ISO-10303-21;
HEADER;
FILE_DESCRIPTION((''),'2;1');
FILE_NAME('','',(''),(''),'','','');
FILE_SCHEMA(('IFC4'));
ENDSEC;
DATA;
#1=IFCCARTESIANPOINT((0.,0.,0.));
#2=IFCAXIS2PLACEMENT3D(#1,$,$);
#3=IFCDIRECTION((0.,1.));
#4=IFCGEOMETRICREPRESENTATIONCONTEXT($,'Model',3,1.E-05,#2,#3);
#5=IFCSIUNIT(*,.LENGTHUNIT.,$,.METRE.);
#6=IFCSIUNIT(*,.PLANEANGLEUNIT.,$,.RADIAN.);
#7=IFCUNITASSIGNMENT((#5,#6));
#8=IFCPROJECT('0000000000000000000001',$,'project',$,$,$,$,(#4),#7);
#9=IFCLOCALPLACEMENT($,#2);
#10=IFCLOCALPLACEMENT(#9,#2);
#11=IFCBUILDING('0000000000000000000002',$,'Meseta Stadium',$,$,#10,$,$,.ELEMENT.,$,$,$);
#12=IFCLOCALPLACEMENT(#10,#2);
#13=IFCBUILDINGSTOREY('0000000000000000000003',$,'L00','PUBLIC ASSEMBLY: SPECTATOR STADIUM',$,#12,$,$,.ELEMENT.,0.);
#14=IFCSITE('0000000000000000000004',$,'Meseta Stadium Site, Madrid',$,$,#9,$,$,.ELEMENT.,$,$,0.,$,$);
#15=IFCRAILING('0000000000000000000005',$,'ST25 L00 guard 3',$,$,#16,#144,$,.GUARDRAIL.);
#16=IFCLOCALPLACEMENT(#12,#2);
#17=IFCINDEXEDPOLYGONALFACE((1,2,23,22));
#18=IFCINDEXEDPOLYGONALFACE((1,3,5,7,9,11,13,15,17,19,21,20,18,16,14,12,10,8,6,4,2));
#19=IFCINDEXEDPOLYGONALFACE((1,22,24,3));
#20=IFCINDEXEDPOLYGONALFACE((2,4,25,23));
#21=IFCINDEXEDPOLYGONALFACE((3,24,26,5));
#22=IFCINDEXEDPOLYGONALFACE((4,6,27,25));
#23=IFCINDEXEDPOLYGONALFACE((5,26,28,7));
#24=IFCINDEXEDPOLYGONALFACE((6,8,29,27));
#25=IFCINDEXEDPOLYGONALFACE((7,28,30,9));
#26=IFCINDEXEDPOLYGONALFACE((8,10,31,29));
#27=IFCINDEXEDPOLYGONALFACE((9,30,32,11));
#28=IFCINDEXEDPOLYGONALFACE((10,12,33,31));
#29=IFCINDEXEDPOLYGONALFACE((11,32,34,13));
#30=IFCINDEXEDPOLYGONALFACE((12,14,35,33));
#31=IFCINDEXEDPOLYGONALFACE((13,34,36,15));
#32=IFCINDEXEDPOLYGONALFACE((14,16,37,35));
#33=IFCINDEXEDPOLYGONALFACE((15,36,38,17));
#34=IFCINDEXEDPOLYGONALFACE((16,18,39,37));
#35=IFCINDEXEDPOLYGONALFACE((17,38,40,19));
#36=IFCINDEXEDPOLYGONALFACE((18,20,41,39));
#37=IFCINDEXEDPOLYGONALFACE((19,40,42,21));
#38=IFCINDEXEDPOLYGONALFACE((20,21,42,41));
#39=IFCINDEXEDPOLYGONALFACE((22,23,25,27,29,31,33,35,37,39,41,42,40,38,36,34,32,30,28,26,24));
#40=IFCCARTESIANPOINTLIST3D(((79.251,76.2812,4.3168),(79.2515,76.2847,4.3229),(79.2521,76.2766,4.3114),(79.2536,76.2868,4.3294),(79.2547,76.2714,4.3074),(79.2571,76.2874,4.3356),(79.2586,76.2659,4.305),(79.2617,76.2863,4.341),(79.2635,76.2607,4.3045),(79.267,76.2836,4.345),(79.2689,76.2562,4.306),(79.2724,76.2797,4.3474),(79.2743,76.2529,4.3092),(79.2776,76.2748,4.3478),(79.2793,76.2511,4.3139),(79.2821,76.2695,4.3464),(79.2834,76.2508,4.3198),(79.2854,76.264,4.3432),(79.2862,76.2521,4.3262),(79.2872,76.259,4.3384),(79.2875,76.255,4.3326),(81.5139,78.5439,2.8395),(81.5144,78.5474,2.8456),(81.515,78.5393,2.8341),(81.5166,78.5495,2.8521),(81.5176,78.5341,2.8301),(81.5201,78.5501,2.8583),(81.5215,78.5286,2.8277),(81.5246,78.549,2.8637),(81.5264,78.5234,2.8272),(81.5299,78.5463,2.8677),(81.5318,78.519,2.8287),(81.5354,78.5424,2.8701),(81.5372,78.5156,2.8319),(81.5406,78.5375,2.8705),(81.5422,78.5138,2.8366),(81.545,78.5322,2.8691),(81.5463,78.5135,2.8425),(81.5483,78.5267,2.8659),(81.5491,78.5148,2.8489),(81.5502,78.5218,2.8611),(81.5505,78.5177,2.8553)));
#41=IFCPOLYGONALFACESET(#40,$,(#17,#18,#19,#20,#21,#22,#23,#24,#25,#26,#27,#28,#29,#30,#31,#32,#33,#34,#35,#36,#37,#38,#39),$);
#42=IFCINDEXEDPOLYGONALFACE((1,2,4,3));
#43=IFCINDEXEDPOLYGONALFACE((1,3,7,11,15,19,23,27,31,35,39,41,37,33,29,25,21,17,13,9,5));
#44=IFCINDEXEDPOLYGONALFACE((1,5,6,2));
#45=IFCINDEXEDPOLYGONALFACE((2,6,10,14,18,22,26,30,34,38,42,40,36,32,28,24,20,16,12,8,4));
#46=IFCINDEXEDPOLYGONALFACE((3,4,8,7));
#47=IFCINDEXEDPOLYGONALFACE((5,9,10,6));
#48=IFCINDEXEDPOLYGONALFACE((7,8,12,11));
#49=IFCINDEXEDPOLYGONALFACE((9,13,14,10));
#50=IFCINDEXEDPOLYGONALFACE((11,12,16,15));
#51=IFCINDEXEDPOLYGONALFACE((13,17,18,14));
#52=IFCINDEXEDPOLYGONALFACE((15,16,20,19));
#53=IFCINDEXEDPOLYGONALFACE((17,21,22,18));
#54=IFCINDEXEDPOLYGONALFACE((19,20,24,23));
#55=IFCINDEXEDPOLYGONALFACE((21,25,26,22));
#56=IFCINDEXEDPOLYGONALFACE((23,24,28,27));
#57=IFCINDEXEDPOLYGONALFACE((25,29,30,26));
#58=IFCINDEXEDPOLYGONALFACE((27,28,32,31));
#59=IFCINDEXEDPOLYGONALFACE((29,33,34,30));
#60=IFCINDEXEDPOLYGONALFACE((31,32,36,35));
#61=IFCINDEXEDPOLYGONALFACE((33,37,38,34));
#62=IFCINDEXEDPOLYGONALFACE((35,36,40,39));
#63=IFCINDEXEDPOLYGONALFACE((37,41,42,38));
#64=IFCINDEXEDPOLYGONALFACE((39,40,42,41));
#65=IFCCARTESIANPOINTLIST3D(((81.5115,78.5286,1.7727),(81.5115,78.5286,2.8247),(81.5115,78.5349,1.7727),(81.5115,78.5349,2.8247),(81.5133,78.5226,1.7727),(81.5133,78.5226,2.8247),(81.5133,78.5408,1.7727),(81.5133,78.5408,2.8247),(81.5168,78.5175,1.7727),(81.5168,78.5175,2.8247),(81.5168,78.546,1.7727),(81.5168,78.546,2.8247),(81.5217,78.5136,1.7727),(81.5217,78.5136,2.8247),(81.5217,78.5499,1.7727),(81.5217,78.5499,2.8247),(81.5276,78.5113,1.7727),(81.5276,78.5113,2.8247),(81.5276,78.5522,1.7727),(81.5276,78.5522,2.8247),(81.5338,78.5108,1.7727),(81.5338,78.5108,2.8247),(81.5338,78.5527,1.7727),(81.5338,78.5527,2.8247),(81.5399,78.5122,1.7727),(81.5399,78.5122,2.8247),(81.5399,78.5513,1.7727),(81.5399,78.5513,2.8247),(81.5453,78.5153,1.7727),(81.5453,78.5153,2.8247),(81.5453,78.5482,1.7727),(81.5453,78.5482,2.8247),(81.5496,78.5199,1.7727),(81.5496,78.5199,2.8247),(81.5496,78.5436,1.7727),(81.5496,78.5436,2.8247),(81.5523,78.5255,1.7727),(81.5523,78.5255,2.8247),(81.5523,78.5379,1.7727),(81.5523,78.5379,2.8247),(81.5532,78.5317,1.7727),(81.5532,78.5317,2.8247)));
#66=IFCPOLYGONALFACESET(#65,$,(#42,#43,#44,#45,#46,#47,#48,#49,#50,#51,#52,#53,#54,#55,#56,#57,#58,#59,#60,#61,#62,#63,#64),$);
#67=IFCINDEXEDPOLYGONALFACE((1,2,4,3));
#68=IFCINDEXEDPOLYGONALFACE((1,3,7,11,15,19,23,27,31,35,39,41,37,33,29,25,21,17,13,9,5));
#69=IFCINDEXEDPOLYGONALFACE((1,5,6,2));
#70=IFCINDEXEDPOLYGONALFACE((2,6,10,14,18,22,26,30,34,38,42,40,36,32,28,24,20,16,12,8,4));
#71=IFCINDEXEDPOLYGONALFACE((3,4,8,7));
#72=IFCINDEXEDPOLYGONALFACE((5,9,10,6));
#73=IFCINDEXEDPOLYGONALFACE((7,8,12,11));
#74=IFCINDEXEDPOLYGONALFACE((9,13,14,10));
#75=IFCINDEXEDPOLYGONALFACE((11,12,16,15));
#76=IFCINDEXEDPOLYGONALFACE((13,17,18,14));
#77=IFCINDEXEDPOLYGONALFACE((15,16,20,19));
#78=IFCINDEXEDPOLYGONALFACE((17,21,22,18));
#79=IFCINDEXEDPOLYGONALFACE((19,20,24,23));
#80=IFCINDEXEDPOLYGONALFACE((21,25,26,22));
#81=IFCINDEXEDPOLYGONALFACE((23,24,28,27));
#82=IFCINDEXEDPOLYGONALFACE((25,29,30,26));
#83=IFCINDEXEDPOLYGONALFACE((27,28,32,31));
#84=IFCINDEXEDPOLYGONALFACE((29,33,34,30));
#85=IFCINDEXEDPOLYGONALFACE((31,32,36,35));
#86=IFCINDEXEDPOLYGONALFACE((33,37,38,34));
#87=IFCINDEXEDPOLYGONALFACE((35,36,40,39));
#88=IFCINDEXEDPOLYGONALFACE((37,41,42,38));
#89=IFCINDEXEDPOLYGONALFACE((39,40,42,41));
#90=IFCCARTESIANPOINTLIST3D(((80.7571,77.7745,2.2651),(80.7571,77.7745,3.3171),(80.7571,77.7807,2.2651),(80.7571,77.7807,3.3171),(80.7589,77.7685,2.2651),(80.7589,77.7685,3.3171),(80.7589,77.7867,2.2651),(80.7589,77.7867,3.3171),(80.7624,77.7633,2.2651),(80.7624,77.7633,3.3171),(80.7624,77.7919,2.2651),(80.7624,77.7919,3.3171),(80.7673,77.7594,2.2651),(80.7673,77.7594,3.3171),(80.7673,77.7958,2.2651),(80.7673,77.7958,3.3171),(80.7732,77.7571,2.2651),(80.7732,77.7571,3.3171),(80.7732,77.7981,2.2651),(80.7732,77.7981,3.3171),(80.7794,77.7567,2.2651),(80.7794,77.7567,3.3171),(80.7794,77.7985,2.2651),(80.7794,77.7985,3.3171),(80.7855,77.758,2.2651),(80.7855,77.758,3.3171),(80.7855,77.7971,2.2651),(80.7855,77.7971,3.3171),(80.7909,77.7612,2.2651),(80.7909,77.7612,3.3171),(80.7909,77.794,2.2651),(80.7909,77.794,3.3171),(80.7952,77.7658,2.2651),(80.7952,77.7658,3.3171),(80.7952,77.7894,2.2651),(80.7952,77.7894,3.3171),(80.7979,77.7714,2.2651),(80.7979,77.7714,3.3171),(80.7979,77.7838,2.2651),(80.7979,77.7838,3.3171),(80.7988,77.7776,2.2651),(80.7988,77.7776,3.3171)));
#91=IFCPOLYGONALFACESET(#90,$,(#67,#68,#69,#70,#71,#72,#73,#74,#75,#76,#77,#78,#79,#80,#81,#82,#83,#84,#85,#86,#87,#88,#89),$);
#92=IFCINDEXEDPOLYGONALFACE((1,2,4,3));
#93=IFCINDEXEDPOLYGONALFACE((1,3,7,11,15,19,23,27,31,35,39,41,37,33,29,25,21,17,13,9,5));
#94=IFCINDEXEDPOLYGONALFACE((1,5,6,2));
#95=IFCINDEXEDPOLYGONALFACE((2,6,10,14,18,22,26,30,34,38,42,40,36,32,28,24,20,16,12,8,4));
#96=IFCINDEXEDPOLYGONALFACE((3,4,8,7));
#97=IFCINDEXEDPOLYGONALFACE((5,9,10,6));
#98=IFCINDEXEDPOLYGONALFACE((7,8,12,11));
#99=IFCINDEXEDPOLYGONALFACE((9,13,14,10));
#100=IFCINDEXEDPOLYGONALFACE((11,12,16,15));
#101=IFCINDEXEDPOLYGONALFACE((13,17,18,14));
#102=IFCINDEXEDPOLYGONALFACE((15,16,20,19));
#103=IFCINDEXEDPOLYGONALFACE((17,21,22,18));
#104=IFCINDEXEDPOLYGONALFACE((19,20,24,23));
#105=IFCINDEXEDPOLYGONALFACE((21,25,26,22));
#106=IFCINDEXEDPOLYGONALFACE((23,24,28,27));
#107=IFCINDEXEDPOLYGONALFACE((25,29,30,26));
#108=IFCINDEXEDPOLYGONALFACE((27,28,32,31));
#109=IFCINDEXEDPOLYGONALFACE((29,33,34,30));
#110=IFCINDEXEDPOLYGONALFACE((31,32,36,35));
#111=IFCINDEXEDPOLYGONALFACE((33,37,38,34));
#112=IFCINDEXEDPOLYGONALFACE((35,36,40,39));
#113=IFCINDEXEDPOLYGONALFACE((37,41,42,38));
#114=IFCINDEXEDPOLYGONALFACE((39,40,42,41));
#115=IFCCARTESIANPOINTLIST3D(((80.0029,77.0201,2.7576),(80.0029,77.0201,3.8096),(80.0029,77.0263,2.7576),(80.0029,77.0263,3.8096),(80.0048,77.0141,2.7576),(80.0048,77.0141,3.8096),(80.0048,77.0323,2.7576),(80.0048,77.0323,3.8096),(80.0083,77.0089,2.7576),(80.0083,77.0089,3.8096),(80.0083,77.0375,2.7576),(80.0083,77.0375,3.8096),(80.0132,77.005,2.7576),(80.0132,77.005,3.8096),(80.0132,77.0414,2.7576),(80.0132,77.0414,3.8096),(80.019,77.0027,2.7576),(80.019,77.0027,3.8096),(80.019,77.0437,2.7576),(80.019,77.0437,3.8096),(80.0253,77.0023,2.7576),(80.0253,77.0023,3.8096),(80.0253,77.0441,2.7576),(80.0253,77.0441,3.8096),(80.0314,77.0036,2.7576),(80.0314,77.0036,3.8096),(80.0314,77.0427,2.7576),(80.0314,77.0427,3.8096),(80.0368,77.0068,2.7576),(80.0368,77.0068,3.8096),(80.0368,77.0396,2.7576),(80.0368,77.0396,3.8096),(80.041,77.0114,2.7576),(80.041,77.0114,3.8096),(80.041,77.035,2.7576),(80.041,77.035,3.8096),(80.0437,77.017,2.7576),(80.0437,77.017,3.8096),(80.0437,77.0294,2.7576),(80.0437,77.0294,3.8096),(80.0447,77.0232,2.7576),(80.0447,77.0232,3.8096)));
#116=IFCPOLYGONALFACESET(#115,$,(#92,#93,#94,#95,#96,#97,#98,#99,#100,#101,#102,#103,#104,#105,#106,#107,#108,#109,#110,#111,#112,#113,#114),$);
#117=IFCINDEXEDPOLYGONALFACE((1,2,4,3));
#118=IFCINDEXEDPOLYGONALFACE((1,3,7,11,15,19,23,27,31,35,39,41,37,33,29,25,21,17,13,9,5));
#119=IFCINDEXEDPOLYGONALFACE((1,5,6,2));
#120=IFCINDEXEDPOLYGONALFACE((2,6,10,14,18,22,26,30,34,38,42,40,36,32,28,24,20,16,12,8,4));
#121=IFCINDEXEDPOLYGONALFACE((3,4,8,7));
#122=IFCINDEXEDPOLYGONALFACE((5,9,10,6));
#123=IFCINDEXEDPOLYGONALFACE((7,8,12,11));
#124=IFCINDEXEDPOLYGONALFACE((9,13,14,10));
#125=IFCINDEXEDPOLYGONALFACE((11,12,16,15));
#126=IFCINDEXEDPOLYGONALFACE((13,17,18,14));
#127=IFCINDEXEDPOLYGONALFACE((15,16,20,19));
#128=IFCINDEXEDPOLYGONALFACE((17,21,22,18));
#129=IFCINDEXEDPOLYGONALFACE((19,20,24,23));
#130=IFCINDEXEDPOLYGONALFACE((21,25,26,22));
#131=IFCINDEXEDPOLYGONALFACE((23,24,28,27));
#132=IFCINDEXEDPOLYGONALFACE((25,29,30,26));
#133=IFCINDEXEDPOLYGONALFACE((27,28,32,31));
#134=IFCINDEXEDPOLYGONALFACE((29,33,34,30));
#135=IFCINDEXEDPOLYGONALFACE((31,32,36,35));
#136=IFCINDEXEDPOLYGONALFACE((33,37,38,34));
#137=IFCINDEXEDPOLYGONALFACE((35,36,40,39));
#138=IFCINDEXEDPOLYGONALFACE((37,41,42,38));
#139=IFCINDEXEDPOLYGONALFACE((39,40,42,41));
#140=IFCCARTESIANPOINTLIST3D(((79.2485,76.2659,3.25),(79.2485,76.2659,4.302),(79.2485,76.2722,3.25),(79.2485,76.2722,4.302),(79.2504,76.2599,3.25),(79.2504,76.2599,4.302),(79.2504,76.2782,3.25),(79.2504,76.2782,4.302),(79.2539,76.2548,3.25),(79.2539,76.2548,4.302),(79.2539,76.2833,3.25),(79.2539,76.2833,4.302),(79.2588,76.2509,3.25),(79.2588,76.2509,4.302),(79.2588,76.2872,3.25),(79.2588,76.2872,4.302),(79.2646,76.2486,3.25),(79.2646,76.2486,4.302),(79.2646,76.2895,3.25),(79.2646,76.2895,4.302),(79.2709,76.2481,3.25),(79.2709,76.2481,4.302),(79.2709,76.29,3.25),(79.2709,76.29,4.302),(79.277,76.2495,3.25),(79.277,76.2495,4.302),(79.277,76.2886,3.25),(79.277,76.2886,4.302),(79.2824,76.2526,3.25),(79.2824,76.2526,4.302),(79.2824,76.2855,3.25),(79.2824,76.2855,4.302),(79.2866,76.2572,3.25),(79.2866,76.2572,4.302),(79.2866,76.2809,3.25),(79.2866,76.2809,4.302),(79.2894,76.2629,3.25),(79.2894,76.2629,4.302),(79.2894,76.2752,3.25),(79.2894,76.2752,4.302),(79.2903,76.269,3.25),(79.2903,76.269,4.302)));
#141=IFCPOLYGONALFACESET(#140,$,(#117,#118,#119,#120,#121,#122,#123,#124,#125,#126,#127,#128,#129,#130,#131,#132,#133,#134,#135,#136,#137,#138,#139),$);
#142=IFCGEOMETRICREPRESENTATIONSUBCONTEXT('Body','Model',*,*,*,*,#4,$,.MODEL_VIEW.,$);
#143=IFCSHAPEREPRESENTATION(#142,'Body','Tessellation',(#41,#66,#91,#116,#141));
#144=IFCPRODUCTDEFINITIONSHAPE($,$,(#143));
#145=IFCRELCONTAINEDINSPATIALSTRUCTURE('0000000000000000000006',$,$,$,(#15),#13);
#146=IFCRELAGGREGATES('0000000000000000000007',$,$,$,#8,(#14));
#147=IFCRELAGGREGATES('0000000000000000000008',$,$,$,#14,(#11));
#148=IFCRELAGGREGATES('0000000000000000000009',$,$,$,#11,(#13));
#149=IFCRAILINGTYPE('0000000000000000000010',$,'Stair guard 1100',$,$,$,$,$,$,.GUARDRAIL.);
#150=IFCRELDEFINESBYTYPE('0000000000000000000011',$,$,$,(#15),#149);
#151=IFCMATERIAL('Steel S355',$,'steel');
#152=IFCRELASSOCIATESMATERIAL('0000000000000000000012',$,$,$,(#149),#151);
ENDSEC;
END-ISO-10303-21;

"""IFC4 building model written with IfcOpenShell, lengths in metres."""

from ifc_helpers import new_model, si_unit, direction, frame, origin, origin_2d, place, context, subcontext, project, spatial, circle, extrude, material, type_object, element, save


model = new_model("IFC4")

# Units and contexts
model_context = context("Model", 3, precision=1e-05, world=origin(), true_north=direction((0.0, 1.0)))
body_context = subcontext(model_context, "Body", "Model", "MODEL_VIEW")
ifc_project = project(units=[si_unit("LENGTHUNIT", "METRE"), si_unit("PLANEANGLEUNIT", "RADIAN")], contexts=[model_context])

# Site, building, storey
site_placement = place(None, origin())
site = spatial("IfcSite", under=ifc_project, at=site_placement, Name="Meseta Stadium Site, Madrid", CompositionType="ELEMENT", RefElevation=0.0)
building_placement = place(site_placement, origin())
building = spatial("IfcBuilding", under=site, at=building_placement, Name="Meseta Stadium", CompositionType="ELEMENT")
storey_placement = place(building_placement, origin())
storey = spatial("IfcBuildingStorey", under=building, at=storey_placement, Name="L00", Description="PUBLIC ASSEMBLY: SPECTATOR STADIUM", CompositionType="ELEMENT", Elevation=0.0)

# Railing
ifc_material_1 = material(Name="Steel S355", Category="steel")
railing_type = type_object("IfcRailingType", Name="Stair guard 1100", PredefinedType="GUARDRAIL", material=ifc_material_1)
for number, where, name in (
    (1, (81.5322, 78.5317, 1.7727), "ST25 L00 guard 3"),
):
    element("IfcRailing", number, at=place(storey_placement, frame(where)), inside=storey, type_object=railing_type, Name=name, PredefinedType="GUARDRAIL", context=body_context, shape_type="SweptSolid", body=[
        extrude(circle(Radius=0.0239, at=origin_2d()), frame((0.0, 0.0, 1.0762), z_axis=(-0.642034, -0.641965, 0.419134), x_axis=(0.707069, -0.707145, 0.0)), (0.0, 0.0, 1.0), 3.5247),
        extrude(circle(Radius=0.021, at=origin_2d()), origin(), (0.0, 0.0, 1.0), 1.052),
        extrude(circle(Radius=0.021, at=origin_2d()), frame((-0.7544, -0.7542, 0.4924)), (0.0, 0.0, 1.0), 1.052),
        extrude(circle(Radius=0.021, at=origin_2d()), frame((-1.5085, -1.5085, 0.9849)), (0.0, 0.0, 1.0), 1.052),
        extrude(circle(Radius=0.021, at=origin_2d()), frame((-2.2629, -2.2627, 1.4773)), (0.0, 0.0, 1.0), 1.052),
    ])

save(model, "model.ifc")
